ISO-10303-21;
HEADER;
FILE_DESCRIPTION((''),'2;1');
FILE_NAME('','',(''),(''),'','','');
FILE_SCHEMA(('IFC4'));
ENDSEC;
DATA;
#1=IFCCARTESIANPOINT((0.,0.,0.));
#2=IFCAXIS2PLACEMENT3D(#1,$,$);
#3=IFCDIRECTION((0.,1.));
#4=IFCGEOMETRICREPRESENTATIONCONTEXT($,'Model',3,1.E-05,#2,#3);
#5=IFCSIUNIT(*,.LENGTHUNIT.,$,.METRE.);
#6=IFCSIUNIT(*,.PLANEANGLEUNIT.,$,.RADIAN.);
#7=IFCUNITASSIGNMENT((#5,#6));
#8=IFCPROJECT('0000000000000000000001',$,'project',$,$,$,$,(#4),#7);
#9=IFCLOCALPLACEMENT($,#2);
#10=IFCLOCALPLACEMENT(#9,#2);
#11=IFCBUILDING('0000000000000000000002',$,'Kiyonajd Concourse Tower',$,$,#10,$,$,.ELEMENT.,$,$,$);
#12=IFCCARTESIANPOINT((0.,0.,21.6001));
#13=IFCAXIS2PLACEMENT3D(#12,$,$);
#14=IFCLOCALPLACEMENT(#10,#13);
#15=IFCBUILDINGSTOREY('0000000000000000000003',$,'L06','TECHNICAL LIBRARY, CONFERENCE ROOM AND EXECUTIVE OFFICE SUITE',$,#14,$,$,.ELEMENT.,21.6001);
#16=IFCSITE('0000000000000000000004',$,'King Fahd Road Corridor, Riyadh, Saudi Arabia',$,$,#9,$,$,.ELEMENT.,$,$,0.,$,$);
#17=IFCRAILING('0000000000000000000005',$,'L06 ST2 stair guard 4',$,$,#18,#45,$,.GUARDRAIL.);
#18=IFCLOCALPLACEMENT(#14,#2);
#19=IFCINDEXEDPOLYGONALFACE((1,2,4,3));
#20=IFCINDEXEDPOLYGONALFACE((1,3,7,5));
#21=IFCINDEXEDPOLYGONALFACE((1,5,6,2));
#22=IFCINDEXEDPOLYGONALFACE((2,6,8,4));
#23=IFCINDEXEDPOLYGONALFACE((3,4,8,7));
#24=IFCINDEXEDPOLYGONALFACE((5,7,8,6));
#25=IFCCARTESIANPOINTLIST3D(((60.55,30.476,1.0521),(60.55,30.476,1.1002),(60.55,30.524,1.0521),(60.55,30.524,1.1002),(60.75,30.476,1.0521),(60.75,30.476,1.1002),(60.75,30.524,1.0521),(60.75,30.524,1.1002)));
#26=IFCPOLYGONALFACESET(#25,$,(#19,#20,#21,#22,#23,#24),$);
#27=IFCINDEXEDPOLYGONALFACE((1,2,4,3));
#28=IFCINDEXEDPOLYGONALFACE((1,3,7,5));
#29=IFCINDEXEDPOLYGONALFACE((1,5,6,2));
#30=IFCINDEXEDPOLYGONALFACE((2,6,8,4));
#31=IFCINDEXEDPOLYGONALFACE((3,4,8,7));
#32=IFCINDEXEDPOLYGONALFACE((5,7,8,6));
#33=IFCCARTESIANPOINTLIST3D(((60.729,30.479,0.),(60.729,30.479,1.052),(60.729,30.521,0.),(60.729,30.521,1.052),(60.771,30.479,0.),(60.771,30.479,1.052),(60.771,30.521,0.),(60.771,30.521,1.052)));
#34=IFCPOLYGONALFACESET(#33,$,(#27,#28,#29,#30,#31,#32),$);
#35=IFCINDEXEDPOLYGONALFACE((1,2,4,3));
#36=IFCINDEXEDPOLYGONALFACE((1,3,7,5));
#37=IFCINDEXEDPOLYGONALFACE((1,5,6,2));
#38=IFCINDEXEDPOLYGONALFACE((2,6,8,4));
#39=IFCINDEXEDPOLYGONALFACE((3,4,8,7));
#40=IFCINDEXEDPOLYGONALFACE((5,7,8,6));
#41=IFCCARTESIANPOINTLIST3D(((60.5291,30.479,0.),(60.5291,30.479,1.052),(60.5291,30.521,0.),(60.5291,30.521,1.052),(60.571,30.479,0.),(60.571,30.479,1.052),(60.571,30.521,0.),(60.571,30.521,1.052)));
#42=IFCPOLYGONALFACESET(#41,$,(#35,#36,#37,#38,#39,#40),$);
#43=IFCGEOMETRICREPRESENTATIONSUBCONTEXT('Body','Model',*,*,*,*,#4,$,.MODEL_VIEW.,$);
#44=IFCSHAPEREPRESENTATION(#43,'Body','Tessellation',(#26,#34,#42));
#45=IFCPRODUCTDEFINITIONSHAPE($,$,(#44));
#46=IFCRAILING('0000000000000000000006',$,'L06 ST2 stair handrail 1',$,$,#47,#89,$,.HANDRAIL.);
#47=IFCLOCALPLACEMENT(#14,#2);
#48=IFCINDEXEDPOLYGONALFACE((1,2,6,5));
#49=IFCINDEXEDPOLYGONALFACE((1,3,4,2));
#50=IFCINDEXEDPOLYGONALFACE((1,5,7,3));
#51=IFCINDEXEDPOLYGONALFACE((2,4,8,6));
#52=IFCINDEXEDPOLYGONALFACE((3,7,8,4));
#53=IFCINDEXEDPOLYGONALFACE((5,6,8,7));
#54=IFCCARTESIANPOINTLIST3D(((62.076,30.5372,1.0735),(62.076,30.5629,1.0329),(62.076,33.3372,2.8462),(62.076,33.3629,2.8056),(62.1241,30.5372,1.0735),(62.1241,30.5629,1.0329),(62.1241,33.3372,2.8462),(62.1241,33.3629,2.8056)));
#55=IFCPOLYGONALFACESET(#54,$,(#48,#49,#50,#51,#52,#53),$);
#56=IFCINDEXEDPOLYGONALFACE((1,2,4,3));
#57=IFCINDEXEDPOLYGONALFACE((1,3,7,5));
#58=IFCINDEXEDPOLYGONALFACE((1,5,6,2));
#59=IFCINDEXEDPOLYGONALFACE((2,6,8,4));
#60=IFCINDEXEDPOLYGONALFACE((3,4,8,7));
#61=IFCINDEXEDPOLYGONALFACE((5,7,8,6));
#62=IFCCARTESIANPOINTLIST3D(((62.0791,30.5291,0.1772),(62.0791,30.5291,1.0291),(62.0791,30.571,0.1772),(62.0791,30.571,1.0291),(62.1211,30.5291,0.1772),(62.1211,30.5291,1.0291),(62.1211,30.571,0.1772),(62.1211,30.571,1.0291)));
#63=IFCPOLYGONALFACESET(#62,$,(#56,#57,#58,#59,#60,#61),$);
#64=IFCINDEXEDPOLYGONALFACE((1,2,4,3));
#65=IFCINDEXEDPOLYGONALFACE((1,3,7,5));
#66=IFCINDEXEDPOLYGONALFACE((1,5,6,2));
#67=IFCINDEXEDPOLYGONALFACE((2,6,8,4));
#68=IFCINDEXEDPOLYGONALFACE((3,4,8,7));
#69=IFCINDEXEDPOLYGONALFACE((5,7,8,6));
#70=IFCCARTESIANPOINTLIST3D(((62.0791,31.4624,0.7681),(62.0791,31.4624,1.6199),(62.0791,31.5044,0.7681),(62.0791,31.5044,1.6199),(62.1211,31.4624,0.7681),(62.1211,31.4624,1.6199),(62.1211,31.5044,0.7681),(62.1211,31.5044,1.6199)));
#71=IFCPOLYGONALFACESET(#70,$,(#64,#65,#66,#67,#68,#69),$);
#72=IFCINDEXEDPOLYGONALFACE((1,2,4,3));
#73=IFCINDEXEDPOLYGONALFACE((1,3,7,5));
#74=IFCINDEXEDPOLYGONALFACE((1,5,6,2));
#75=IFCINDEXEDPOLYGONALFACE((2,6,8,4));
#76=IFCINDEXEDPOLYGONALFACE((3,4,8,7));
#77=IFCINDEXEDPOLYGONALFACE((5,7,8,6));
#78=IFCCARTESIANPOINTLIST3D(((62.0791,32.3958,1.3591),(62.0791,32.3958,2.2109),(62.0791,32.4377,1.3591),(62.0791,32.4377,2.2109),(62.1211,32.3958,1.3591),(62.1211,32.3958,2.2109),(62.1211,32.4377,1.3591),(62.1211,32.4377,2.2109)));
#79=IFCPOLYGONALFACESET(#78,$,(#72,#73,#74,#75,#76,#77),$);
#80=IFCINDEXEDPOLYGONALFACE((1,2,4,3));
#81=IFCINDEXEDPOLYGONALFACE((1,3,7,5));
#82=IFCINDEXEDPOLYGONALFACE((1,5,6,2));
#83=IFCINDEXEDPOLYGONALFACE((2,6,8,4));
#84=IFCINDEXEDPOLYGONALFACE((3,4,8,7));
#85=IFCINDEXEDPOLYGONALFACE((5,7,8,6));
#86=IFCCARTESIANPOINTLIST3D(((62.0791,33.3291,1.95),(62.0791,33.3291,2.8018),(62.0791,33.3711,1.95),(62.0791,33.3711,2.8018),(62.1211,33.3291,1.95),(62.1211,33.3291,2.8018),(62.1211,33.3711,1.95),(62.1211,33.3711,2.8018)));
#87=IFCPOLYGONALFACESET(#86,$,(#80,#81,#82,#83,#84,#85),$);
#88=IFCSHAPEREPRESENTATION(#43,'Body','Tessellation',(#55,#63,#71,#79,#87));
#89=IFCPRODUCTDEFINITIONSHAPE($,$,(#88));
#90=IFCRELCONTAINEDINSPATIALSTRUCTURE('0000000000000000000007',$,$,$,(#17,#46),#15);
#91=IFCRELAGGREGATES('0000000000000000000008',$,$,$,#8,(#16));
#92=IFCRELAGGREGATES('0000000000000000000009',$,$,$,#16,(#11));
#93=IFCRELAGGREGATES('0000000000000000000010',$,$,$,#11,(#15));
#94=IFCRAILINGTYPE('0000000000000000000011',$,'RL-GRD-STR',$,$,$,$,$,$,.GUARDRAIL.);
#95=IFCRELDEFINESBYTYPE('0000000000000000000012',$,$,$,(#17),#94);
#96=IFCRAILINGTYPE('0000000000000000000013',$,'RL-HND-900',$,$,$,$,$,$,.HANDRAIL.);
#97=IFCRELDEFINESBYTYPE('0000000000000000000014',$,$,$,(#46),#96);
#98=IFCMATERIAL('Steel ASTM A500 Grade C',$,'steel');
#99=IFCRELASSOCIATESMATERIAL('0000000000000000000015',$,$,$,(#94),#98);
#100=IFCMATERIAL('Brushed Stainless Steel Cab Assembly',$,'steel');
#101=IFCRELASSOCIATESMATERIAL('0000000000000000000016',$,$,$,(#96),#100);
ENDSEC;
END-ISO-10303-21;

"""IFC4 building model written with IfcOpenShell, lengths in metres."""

from ifc_helpers import new_model, si_unit, direction, frame, origin, origin_2d, place, context, subcontext, project, spatial, rectangle, extrude, material, type_object, element, save


model = new_model("IFC4")

# Units and contexts
model_context = context("Model", 3, precision=1e-05, world=origin(), true_north=direction((0.0, 1.0)))
body_context = subcontext(model_context, "Body", "Model", "MODEL_VIEW")
ifc_project = project(units=[si_unit("LENGTHUNIT", "METRE"), si_unit("PLANEANGLEUNIT", "RADIAN")], contexts=[model_context])

# Site, building, storey
site_placement = place(None, origin())
site = spatial("IfcSite", under=ifc_project, at=site_placement, Name="King Fahd Road Corridor, Riyadh, Saudi Arabia", CompositionType="ELEMENT", RefElevation=0.0)
building_placement = place(site_placement, origin())
building = spatial("IfcBuilding", under=site, at=building_placement, Name="Kiyonajd Concourse Tower", CompositionType="ELEMENT")
storey_placement = place(building_placement, frame((0.0, 0.0, 21.6001)))
storey = spatial("IfcBuildingStorey", under=building, at=storey_placement, Name="L06", Description="TECHNICAL LIBRARY, CONFERENCE ROOM AND EXECUTIVE OFFICE SUITE", CompositionType="ELEMENT", Elevation=21.6001)

# Railings
ifc_material_1 = material(Name="Steel ASTM A500 Grade C", Category="steel")
railing_type_1 = type_object("IfcRailingType", Name="RL-GRD-STR", PredefinedType="GUARDRAIL", material=ifc_material_1)
for number, where, name in (
    (1, (60.75, 30.5, 0.0), "L06 ST2 stair guard 4"),
):
    element("IfcRailing", number, at=place(storey_placement, frame(where)), inside=storey, type_object=railing_type_1, Name=name, PredefinedType="GUARDRAIL", context=body_context, shape_type="SweptSolid", body=[
        extrude(rectangle(XDim=0.0481, YDim=0.0481, at=origin_2d()), frame((0.0, 0.0, 1.0762), z_axis=(-1.0, 0.0, 0.0), x_axis=(0.0, -1.0, 0.0)), (0.0, 0.0, 1.0), 0.2),
        extrude(rectangle(XDim=0.042, YDim=0.042, at=origin_2d()), origin(), (0.0, 0.0, 1.0), 1.052),
        extrude(rectangle(XDim=0.042, YDim=0.042, at=origin_2d()), frame((-0.2, 0.0, 0.0)), (0.0, 0.0, 1.0), 1.052),
    ])
ifc_material_2 = material(Name="Brushed Stainless Steel Cab Assembly", Category="steel")
railing_type_2 = type_object("IfcRailingType", Name="RL-HND-900", PredefinedType="HANDRAIL", material=ifc_material_2)
railing_1_placement = place(storey_placement, frame((62.1001, 30.55, 0.1772)))
element("IfcRailing", 2, at=railing_1_placement, inside=storey, type_object=railing_type_2, Name="L06 ST2 stair handrail 1", PredefinedType="HANDRAIL", context=body_context, shape_type="SweptSolid", body=[
    extrude(rectangle(XDim=0.0481, YDim=0.0481, at=origin_2d()), frame((0.0, 0.0, 0.876), z_axis=(0.0, 0.844909, 0.53491), x_axis=(-1.0, 0.0, 0.0)), (0.0, 0.0, 1.0), 3.314),
    extrude(rectangle(XDim=0.042, YDim=0.042, at=origin_2d()), origin(), (0.0, 0.0, 1.0), 0.8518),
    extrude(rectangle(XDim=0.042, YDim=0.042, at=origin_2d()), frame((0.0, 0.9333, 0.5908)), (0.0, 0.0, 1.0), 0.8518),
    extrude(rectangle(XDim=0.042, YDim=0.042, at=origin_2d()), frame((0.0, 1.8667, 1.1819)), (0.0, 0.0, 1.0), 0.8518),
    extrude(rectangle(XDim=0.042, YDim=0.042, at=origin_2d()), frame((0.0, 2.8, 1.7727)), (0.0, 0.0, 1.0), 0.8518),
])

save(model, "model.ifc")
